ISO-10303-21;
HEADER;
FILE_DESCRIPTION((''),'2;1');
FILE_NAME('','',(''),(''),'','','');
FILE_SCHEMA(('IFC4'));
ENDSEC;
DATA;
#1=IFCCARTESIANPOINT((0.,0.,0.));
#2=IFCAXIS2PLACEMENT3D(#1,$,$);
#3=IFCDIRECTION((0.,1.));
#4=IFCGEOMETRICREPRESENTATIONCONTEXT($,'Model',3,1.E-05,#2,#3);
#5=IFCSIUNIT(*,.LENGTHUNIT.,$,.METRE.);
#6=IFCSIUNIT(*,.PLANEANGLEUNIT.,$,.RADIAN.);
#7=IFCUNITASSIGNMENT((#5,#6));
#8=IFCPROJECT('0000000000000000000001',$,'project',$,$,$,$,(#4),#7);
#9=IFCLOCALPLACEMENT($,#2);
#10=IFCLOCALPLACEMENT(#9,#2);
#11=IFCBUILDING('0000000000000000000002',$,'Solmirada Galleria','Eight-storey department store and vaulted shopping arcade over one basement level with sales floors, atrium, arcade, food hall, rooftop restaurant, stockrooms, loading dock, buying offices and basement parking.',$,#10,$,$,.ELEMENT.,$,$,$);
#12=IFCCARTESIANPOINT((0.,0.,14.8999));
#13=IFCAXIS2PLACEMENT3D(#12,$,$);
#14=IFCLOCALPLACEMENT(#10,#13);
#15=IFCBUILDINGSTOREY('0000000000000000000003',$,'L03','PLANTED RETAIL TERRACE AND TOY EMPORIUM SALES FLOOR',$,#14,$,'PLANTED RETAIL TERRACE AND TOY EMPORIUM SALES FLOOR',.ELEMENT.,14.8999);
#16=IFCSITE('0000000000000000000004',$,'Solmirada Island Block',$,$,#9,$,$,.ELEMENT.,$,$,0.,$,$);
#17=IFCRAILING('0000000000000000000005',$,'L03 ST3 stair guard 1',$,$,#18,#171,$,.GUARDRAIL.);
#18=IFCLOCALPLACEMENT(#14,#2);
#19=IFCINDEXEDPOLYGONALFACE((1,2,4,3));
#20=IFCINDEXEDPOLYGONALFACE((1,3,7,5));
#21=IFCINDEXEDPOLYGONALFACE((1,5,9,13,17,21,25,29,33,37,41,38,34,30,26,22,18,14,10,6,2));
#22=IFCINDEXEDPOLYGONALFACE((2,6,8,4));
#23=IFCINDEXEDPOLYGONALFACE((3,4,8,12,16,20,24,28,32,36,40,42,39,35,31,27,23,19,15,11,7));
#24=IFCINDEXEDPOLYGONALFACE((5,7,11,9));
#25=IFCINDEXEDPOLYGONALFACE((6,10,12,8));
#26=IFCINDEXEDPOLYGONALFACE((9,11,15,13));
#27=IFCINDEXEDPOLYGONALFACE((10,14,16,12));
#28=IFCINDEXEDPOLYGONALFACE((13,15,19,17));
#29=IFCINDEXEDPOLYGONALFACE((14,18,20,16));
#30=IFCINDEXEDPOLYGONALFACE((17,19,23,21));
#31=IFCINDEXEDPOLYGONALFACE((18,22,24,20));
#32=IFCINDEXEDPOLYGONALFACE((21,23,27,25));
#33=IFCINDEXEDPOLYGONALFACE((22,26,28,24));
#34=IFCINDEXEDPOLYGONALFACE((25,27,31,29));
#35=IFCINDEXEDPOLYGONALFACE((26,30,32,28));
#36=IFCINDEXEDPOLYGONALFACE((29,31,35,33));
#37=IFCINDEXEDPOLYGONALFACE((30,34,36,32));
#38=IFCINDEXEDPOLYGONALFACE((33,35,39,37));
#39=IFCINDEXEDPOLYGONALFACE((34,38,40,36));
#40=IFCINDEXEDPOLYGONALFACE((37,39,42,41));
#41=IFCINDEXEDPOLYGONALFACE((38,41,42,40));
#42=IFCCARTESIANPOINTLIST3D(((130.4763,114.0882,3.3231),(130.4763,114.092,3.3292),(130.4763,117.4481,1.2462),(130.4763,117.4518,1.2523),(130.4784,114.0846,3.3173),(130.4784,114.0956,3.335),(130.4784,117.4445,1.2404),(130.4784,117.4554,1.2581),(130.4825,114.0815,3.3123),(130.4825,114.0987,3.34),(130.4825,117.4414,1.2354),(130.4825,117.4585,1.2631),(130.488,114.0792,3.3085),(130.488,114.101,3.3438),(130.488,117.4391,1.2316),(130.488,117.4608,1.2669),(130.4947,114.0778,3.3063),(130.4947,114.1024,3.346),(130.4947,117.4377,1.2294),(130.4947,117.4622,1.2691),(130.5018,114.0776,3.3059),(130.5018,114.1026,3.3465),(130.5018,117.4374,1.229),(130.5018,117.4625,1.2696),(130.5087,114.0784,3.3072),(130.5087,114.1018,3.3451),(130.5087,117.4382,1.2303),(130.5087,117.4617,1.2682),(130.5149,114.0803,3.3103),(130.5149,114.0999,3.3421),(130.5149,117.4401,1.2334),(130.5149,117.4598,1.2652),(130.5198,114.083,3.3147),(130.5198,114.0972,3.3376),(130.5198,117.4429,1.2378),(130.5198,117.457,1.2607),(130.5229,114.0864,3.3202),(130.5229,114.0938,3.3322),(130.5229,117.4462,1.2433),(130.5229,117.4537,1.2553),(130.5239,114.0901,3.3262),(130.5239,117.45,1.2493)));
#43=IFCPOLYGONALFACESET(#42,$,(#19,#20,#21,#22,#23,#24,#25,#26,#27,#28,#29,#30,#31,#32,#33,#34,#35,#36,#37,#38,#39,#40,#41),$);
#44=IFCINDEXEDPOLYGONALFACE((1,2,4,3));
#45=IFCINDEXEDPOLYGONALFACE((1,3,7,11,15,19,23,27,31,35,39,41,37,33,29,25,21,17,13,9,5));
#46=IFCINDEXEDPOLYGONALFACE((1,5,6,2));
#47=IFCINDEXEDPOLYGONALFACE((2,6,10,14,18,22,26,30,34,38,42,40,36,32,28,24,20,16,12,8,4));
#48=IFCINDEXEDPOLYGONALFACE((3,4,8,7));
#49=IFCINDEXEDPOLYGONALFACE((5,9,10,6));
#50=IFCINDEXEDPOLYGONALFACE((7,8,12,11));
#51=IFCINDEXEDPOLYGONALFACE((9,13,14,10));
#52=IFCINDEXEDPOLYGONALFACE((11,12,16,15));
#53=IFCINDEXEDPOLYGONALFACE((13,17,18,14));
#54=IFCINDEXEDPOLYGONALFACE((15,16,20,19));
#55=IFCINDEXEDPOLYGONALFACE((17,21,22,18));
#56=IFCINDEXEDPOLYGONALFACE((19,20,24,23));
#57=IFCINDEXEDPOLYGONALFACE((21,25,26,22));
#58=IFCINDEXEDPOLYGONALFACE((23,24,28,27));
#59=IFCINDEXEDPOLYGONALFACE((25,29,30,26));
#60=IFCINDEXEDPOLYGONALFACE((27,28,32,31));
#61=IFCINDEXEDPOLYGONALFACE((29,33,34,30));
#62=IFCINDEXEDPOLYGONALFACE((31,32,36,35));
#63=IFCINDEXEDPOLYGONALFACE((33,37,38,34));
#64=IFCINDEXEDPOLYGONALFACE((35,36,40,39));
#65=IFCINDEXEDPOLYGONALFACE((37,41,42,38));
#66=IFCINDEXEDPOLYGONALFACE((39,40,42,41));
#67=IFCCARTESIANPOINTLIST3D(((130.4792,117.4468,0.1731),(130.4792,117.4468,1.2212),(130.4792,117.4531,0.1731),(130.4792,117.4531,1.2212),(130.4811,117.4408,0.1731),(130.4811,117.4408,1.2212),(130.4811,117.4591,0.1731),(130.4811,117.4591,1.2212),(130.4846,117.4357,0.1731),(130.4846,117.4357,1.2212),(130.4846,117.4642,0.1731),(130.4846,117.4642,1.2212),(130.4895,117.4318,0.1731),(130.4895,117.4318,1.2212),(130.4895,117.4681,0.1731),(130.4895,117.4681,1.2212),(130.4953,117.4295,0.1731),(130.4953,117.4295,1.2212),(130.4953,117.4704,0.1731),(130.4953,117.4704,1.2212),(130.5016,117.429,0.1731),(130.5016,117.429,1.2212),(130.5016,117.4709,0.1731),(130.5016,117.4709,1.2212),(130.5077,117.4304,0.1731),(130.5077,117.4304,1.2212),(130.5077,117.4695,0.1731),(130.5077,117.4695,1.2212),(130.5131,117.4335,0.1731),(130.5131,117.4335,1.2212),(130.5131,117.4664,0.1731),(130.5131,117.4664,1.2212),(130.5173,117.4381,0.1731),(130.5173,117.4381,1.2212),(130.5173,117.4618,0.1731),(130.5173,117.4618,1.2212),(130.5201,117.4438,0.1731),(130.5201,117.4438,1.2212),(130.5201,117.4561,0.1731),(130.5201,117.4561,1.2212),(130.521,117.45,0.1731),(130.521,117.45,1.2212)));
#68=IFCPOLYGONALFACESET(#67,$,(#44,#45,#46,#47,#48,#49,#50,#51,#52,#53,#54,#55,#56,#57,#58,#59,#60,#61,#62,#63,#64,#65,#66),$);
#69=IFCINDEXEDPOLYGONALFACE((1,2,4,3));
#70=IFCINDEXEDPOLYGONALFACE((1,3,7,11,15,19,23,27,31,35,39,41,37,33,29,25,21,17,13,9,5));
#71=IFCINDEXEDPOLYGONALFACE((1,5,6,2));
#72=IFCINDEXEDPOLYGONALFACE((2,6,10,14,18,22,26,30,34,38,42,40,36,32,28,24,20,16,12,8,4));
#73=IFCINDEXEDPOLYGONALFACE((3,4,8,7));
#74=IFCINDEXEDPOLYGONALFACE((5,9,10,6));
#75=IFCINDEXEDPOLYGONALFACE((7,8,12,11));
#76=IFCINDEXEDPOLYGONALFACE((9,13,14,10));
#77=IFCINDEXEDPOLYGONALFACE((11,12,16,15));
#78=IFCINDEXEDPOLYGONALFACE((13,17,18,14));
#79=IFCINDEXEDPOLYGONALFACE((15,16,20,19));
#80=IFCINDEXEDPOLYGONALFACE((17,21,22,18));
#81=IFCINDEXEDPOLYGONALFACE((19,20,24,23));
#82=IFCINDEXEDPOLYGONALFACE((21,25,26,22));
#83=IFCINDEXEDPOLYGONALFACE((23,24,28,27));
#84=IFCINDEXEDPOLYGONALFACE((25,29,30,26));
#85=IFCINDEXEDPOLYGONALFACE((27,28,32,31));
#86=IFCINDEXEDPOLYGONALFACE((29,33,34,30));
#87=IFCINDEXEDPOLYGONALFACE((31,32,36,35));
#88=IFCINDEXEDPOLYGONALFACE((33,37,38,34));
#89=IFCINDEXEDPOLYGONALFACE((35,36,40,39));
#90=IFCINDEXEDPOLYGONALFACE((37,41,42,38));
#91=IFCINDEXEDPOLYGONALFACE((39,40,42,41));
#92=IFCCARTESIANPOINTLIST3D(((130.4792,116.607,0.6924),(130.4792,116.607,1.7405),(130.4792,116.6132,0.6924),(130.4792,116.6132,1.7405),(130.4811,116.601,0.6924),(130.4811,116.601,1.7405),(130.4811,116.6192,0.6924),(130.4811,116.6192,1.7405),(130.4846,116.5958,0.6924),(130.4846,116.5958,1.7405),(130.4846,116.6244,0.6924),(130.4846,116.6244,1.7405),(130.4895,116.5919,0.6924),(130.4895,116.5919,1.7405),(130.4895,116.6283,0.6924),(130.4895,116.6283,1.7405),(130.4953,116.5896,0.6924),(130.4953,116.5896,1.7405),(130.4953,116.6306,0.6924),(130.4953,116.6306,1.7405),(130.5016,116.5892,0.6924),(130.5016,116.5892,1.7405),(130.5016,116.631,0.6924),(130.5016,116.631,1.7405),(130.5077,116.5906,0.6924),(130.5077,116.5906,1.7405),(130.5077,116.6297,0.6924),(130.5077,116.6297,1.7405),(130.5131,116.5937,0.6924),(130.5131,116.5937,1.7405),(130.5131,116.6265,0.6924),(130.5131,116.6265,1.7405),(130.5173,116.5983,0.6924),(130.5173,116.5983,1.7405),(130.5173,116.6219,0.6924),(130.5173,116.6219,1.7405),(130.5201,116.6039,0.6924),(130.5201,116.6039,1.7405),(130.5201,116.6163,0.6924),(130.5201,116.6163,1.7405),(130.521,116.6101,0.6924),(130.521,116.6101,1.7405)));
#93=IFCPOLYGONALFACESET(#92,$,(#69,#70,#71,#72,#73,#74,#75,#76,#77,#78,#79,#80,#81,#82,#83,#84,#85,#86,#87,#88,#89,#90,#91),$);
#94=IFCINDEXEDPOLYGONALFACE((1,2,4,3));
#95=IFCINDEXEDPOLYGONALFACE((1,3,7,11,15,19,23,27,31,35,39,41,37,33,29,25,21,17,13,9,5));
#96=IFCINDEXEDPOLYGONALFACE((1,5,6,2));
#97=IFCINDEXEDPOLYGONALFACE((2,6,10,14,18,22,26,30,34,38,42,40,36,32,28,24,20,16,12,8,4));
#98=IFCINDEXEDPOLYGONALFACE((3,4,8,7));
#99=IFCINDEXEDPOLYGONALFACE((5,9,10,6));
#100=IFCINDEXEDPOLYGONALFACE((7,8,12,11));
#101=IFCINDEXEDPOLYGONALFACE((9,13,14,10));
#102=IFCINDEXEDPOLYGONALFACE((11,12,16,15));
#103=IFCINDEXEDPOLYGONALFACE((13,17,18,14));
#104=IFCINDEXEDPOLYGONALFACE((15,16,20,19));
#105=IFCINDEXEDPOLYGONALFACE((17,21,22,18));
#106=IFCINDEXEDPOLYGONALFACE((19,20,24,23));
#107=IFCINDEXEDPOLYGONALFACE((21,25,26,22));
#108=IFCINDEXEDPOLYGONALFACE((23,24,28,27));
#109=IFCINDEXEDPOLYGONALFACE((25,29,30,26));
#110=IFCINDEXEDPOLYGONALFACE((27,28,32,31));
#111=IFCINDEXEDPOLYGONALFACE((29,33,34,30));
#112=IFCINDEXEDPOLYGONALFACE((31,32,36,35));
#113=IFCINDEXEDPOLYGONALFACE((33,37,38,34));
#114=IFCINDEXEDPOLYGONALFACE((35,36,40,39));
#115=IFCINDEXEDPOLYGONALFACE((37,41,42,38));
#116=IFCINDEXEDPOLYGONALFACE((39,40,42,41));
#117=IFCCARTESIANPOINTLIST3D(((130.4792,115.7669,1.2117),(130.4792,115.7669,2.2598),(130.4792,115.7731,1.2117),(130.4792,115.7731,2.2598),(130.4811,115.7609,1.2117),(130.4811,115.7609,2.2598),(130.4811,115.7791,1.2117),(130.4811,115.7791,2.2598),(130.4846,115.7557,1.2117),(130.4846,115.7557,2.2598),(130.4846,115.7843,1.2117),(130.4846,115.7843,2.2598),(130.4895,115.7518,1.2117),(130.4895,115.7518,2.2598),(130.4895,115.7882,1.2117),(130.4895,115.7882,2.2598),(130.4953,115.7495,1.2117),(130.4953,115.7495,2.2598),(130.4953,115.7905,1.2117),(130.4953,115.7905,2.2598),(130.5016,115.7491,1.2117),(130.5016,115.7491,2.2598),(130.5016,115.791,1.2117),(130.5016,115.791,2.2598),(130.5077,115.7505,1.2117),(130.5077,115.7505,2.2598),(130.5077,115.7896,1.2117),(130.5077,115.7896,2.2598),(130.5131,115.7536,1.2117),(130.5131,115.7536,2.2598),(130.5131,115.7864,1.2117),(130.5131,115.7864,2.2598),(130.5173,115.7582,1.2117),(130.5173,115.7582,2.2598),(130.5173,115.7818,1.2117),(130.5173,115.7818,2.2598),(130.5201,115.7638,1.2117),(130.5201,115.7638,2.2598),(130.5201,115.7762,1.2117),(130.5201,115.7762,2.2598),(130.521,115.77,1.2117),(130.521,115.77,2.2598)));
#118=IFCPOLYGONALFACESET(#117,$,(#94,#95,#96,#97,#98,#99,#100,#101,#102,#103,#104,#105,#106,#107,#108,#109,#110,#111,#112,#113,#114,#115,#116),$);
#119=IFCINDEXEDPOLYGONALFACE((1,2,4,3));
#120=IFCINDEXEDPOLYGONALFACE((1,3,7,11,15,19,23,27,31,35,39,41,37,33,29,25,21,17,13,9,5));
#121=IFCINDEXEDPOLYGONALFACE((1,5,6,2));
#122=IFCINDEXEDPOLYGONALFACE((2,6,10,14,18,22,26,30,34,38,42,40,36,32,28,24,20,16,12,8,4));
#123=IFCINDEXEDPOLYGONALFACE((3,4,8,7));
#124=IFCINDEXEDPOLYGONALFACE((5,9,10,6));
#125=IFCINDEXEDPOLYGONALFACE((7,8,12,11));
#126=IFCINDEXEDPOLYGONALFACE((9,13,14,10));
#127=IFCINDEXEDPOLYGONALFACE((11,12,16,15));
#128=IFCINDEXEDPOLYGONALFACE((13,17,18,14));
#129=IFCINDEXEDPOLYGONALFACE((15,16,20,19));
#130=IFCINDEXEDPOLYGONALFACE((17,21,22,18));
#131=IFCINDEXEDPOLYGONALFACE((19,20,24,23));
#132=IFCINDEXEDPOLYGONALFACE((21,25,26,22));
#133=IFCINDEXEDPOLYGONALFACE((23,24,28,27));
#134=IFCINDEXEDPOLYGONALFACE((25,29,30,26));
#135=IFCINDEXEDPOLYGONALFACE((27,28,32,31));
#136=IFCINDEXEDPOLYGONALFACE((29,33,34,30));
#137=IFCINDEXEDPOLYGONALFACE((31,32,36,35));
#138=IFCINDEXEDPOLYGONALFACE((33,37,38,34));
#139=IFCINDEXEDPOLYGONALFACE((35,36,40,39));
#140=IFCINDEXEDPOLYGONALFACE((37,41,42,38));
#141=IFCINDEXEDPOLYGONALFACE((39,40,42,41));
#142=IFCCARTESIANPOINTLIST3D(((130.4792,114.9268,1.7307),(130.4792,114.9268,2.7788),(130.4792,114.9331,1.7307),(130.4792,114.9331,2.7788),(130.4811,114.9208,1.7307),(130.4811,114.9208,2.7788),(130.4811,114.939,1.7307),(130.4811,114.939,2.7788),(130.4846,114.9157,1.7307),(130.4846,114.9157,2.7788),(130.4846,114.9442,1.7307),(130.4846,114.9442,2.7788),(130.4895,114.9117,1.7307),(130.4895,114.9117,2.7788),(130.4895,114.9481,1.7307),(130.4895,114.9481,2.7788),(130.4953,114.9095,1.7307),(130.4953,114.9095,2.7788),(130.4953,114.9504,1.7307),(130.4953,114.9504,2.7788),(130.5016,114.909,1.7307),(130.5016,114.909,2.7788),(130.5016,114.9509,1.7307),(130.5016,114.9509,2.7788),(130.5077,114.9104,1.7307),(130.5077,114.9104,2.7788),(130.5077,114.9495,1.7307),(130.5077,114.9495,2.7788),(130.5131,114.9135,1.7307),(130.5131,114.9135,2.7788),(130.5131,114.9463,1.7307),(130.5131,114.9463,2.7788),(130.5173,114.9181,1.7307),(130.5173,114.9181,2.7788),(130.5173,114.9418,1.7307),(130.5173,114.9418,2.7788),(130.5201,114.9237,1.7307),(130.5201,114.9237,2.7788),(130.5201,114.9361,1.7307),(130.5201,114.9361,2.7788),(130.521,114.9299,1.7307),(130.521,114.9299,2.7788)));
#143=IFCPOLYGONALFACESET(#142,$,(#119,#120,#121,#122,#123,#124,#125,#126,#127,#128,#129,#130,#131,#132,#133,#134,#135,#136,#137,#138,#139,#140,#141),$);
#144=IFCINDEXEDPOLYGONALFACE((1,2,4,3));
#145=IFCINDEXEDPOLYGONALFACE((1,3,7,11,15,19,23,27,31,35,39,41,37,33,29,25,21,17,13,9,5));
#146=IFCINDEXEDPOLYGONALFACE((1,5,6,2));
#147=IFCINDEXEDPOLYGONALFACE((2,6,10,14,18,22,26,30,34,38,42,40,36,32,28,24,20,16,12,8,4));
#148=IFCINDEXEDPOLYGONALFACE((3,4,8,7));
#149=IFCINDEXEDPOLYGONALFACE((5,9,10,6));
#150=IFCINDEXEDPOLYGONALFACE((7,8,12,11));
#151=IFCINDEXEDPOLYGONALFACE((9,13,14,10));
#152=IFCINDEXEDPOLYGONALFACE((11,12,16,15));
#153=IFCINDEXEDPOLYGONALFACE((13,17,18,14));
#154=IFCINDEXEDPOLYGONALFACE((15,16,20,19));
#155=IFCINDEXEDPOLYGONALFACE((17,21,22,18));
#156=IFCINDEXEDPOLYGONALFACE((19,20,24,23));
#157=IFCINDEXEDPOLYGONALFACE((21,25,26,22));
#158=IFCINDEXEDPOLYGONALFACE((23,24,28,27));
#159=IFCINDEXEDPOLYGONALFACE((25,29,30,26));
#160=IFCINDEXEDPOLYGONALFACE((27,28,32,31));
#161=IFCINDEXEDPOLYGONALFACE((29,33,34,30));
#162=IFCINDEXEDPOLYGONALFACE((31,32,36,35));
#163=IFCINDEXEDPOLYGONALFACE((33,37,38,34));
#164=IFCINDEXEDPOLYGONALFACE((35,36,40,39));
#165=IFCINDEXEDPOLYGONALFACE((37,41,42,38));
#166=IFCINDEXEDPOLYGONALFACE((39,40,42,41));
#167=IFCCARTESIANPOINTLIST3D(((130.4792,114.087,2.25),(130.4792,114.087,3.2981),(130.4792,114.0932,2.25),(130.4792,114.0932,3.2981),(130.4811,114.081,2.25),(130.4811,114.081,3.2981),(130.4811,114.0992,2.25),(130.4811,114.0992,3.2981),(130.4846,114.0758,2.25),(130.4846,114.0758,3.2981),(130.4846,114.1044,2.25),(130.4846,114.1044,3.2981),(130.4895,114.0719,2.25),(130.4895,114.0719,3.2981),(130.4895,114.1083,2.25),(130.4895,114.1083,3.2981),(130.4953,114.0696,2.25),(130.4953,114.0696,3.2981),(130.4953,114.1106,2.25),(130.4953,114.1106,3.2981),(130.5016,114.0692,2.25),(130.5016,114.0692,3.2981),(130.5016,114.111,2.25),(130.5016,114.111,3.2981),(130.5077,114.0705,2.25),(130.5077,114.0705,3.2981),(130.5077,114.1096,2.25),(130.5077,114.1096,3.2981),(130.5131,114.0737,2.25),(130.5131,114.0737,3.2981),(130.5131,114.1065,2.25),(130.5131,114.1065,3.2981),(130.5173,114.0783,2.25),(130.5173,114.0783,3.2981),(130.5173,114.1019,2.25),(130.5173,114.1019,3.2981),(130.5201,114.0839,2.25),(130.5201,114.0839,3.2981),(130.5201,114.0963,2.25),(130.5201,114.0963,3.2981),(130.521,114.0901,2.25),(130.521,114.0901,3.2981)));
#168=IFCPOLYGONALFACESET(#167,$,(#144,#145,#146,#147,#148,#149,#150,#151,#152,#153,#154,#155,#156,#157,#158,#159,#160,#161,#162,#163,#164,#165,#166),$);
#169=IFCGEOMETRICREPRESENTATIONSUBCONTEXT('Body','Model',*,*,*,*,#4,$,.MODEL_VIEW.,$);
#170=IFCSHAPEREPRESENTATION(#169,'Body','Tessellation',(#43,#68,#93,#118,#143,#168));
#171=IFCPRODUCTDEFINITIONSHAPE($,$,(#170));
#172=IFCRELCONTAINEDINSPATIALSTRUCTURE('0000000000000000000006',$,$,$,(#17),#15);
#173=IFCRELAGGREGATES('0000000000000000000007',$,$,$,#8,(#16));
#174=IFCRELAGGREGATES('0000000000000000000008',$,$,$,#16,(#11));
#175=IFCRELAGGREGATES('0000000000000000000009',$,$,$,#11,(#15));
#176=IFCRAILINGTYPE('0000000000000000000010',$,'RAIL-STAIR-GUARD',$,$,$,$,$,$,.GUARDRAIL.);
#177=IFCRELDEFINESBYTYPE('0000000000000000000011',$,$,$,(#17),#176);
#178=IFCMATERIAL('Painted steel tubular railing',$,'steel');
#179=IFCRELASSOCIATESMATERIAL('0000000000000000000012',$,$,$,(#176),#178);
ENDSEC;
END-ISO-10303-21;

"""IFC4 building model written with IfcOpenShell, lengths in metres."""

from ifc_helpers import new_model, si_unit, direction, frame, origin, origin_2d, place, context, subcontext, project, spatial, circle, extrude, material, type_object, element, save


model = new_model("IFC4")

# Units and contexts
model_context = context("Model", 3, precision=1e-05, world=origin(), true_north=direction((0.0, 1.0)))
body_context = subcontext(model_context, "Body", "Model", "MODEL_VIEW")
ifc_project = project(units=[si_unit("LENGTHUNIT", "METRE"), si_unit("PLANEANGLEUNIT", "RADIAN")], contexts=[model_context])

# Site, building, storey
site_placement = place(None, origin())
site = spatial("IfcSite", under=ifc_project, at=site_placement, Name="Solmirada Island Block", CompositionType="ELEMENT", RefElevation=0.0)
building_placement = place(site_placement, origin())
building = spatial("IfcBuilding", under=site, at=building_placement, Name="Solmirada Galleria", Description="Eight-storey department store and vaulted shopping arcade over one basement level with sales floors, atrium, arcade, food hall, rooftop restaurant, stockrooms, loading dock, buying offices and basement parking.", CompositionType="ELEMENT")
storey_placement = place(building_placement, frame((0.0, 0.0, 14.8999)))
storey = spatial("IfcBuildingStorey", under=building, at=storey_placement, Name="L03", Description="PLANTED RETAIL TERRACE AND TOY EMPORIUM SALES FLOOR", LongName="PLANTED RETAIL TERRACE AND TOY EMPORIUM SALES FLOOR", CompositionType="ELEMENT", Elevation=14.8999)

# Railing
ifc_material_1 = material(Name="Painted steel tubular railing", Category="steel")
railing_type_1 = type_object("IfcRailingType", Name="RAIL-STAIR-GUARD", PredefinedType="GUARDRAIL", material=ifc_material_1)
railing_1_placement = place(storey_placement, frame((130.5, 117.45, 0.1731)))
element("IfcRailing", 1, at=railing_1_placement, inside=storey, type_object=railing_type_1, Name="L03 ST3 stair guard 1", PredefinedType="GUARDRAIL", context=body_context, shape_type="SweptSolid", body=[
    extrude(circle(Radius=0.0239, at=origin_2d()), frame((0.0, 0.0, 1.0762), z_axis=(0.0, -0.850606, 0.525803), x_axis=(1.0, 0.0, 0.0)), (0.0, 0.0, 1.0), 3.95),
    extrude(circle(Radius=0.021, at=origin_2d()), origin(), (0.0, 0.0, 1.0), 1.0481),
    extrude(circle(Radius=0.021, at=origin_2d()), frame((0.0, -0.8398, 0.5193)), (0.0, 0.0, 1.0), 1.0481),
    extrude(circle(Radius=0.021, at=origin_2d()), frame((0.0, -1.6799, 1.0386)), (0.0, 0.0, 1.0), 1.0481),
    extrude(circle(Radius=0.021, at=origin_2d()), frame((0.0, -2.52, 1.5576)), (0.0, 0.0, 1.0), 1.0481),
    extrude(circle(Radius=0.021, at=origin_2d()), frame((0.0, -3.3599, 2.0769)), (0.0, 0.0, 1.0), 1.0481),
])

save(model, "model.ifc")
